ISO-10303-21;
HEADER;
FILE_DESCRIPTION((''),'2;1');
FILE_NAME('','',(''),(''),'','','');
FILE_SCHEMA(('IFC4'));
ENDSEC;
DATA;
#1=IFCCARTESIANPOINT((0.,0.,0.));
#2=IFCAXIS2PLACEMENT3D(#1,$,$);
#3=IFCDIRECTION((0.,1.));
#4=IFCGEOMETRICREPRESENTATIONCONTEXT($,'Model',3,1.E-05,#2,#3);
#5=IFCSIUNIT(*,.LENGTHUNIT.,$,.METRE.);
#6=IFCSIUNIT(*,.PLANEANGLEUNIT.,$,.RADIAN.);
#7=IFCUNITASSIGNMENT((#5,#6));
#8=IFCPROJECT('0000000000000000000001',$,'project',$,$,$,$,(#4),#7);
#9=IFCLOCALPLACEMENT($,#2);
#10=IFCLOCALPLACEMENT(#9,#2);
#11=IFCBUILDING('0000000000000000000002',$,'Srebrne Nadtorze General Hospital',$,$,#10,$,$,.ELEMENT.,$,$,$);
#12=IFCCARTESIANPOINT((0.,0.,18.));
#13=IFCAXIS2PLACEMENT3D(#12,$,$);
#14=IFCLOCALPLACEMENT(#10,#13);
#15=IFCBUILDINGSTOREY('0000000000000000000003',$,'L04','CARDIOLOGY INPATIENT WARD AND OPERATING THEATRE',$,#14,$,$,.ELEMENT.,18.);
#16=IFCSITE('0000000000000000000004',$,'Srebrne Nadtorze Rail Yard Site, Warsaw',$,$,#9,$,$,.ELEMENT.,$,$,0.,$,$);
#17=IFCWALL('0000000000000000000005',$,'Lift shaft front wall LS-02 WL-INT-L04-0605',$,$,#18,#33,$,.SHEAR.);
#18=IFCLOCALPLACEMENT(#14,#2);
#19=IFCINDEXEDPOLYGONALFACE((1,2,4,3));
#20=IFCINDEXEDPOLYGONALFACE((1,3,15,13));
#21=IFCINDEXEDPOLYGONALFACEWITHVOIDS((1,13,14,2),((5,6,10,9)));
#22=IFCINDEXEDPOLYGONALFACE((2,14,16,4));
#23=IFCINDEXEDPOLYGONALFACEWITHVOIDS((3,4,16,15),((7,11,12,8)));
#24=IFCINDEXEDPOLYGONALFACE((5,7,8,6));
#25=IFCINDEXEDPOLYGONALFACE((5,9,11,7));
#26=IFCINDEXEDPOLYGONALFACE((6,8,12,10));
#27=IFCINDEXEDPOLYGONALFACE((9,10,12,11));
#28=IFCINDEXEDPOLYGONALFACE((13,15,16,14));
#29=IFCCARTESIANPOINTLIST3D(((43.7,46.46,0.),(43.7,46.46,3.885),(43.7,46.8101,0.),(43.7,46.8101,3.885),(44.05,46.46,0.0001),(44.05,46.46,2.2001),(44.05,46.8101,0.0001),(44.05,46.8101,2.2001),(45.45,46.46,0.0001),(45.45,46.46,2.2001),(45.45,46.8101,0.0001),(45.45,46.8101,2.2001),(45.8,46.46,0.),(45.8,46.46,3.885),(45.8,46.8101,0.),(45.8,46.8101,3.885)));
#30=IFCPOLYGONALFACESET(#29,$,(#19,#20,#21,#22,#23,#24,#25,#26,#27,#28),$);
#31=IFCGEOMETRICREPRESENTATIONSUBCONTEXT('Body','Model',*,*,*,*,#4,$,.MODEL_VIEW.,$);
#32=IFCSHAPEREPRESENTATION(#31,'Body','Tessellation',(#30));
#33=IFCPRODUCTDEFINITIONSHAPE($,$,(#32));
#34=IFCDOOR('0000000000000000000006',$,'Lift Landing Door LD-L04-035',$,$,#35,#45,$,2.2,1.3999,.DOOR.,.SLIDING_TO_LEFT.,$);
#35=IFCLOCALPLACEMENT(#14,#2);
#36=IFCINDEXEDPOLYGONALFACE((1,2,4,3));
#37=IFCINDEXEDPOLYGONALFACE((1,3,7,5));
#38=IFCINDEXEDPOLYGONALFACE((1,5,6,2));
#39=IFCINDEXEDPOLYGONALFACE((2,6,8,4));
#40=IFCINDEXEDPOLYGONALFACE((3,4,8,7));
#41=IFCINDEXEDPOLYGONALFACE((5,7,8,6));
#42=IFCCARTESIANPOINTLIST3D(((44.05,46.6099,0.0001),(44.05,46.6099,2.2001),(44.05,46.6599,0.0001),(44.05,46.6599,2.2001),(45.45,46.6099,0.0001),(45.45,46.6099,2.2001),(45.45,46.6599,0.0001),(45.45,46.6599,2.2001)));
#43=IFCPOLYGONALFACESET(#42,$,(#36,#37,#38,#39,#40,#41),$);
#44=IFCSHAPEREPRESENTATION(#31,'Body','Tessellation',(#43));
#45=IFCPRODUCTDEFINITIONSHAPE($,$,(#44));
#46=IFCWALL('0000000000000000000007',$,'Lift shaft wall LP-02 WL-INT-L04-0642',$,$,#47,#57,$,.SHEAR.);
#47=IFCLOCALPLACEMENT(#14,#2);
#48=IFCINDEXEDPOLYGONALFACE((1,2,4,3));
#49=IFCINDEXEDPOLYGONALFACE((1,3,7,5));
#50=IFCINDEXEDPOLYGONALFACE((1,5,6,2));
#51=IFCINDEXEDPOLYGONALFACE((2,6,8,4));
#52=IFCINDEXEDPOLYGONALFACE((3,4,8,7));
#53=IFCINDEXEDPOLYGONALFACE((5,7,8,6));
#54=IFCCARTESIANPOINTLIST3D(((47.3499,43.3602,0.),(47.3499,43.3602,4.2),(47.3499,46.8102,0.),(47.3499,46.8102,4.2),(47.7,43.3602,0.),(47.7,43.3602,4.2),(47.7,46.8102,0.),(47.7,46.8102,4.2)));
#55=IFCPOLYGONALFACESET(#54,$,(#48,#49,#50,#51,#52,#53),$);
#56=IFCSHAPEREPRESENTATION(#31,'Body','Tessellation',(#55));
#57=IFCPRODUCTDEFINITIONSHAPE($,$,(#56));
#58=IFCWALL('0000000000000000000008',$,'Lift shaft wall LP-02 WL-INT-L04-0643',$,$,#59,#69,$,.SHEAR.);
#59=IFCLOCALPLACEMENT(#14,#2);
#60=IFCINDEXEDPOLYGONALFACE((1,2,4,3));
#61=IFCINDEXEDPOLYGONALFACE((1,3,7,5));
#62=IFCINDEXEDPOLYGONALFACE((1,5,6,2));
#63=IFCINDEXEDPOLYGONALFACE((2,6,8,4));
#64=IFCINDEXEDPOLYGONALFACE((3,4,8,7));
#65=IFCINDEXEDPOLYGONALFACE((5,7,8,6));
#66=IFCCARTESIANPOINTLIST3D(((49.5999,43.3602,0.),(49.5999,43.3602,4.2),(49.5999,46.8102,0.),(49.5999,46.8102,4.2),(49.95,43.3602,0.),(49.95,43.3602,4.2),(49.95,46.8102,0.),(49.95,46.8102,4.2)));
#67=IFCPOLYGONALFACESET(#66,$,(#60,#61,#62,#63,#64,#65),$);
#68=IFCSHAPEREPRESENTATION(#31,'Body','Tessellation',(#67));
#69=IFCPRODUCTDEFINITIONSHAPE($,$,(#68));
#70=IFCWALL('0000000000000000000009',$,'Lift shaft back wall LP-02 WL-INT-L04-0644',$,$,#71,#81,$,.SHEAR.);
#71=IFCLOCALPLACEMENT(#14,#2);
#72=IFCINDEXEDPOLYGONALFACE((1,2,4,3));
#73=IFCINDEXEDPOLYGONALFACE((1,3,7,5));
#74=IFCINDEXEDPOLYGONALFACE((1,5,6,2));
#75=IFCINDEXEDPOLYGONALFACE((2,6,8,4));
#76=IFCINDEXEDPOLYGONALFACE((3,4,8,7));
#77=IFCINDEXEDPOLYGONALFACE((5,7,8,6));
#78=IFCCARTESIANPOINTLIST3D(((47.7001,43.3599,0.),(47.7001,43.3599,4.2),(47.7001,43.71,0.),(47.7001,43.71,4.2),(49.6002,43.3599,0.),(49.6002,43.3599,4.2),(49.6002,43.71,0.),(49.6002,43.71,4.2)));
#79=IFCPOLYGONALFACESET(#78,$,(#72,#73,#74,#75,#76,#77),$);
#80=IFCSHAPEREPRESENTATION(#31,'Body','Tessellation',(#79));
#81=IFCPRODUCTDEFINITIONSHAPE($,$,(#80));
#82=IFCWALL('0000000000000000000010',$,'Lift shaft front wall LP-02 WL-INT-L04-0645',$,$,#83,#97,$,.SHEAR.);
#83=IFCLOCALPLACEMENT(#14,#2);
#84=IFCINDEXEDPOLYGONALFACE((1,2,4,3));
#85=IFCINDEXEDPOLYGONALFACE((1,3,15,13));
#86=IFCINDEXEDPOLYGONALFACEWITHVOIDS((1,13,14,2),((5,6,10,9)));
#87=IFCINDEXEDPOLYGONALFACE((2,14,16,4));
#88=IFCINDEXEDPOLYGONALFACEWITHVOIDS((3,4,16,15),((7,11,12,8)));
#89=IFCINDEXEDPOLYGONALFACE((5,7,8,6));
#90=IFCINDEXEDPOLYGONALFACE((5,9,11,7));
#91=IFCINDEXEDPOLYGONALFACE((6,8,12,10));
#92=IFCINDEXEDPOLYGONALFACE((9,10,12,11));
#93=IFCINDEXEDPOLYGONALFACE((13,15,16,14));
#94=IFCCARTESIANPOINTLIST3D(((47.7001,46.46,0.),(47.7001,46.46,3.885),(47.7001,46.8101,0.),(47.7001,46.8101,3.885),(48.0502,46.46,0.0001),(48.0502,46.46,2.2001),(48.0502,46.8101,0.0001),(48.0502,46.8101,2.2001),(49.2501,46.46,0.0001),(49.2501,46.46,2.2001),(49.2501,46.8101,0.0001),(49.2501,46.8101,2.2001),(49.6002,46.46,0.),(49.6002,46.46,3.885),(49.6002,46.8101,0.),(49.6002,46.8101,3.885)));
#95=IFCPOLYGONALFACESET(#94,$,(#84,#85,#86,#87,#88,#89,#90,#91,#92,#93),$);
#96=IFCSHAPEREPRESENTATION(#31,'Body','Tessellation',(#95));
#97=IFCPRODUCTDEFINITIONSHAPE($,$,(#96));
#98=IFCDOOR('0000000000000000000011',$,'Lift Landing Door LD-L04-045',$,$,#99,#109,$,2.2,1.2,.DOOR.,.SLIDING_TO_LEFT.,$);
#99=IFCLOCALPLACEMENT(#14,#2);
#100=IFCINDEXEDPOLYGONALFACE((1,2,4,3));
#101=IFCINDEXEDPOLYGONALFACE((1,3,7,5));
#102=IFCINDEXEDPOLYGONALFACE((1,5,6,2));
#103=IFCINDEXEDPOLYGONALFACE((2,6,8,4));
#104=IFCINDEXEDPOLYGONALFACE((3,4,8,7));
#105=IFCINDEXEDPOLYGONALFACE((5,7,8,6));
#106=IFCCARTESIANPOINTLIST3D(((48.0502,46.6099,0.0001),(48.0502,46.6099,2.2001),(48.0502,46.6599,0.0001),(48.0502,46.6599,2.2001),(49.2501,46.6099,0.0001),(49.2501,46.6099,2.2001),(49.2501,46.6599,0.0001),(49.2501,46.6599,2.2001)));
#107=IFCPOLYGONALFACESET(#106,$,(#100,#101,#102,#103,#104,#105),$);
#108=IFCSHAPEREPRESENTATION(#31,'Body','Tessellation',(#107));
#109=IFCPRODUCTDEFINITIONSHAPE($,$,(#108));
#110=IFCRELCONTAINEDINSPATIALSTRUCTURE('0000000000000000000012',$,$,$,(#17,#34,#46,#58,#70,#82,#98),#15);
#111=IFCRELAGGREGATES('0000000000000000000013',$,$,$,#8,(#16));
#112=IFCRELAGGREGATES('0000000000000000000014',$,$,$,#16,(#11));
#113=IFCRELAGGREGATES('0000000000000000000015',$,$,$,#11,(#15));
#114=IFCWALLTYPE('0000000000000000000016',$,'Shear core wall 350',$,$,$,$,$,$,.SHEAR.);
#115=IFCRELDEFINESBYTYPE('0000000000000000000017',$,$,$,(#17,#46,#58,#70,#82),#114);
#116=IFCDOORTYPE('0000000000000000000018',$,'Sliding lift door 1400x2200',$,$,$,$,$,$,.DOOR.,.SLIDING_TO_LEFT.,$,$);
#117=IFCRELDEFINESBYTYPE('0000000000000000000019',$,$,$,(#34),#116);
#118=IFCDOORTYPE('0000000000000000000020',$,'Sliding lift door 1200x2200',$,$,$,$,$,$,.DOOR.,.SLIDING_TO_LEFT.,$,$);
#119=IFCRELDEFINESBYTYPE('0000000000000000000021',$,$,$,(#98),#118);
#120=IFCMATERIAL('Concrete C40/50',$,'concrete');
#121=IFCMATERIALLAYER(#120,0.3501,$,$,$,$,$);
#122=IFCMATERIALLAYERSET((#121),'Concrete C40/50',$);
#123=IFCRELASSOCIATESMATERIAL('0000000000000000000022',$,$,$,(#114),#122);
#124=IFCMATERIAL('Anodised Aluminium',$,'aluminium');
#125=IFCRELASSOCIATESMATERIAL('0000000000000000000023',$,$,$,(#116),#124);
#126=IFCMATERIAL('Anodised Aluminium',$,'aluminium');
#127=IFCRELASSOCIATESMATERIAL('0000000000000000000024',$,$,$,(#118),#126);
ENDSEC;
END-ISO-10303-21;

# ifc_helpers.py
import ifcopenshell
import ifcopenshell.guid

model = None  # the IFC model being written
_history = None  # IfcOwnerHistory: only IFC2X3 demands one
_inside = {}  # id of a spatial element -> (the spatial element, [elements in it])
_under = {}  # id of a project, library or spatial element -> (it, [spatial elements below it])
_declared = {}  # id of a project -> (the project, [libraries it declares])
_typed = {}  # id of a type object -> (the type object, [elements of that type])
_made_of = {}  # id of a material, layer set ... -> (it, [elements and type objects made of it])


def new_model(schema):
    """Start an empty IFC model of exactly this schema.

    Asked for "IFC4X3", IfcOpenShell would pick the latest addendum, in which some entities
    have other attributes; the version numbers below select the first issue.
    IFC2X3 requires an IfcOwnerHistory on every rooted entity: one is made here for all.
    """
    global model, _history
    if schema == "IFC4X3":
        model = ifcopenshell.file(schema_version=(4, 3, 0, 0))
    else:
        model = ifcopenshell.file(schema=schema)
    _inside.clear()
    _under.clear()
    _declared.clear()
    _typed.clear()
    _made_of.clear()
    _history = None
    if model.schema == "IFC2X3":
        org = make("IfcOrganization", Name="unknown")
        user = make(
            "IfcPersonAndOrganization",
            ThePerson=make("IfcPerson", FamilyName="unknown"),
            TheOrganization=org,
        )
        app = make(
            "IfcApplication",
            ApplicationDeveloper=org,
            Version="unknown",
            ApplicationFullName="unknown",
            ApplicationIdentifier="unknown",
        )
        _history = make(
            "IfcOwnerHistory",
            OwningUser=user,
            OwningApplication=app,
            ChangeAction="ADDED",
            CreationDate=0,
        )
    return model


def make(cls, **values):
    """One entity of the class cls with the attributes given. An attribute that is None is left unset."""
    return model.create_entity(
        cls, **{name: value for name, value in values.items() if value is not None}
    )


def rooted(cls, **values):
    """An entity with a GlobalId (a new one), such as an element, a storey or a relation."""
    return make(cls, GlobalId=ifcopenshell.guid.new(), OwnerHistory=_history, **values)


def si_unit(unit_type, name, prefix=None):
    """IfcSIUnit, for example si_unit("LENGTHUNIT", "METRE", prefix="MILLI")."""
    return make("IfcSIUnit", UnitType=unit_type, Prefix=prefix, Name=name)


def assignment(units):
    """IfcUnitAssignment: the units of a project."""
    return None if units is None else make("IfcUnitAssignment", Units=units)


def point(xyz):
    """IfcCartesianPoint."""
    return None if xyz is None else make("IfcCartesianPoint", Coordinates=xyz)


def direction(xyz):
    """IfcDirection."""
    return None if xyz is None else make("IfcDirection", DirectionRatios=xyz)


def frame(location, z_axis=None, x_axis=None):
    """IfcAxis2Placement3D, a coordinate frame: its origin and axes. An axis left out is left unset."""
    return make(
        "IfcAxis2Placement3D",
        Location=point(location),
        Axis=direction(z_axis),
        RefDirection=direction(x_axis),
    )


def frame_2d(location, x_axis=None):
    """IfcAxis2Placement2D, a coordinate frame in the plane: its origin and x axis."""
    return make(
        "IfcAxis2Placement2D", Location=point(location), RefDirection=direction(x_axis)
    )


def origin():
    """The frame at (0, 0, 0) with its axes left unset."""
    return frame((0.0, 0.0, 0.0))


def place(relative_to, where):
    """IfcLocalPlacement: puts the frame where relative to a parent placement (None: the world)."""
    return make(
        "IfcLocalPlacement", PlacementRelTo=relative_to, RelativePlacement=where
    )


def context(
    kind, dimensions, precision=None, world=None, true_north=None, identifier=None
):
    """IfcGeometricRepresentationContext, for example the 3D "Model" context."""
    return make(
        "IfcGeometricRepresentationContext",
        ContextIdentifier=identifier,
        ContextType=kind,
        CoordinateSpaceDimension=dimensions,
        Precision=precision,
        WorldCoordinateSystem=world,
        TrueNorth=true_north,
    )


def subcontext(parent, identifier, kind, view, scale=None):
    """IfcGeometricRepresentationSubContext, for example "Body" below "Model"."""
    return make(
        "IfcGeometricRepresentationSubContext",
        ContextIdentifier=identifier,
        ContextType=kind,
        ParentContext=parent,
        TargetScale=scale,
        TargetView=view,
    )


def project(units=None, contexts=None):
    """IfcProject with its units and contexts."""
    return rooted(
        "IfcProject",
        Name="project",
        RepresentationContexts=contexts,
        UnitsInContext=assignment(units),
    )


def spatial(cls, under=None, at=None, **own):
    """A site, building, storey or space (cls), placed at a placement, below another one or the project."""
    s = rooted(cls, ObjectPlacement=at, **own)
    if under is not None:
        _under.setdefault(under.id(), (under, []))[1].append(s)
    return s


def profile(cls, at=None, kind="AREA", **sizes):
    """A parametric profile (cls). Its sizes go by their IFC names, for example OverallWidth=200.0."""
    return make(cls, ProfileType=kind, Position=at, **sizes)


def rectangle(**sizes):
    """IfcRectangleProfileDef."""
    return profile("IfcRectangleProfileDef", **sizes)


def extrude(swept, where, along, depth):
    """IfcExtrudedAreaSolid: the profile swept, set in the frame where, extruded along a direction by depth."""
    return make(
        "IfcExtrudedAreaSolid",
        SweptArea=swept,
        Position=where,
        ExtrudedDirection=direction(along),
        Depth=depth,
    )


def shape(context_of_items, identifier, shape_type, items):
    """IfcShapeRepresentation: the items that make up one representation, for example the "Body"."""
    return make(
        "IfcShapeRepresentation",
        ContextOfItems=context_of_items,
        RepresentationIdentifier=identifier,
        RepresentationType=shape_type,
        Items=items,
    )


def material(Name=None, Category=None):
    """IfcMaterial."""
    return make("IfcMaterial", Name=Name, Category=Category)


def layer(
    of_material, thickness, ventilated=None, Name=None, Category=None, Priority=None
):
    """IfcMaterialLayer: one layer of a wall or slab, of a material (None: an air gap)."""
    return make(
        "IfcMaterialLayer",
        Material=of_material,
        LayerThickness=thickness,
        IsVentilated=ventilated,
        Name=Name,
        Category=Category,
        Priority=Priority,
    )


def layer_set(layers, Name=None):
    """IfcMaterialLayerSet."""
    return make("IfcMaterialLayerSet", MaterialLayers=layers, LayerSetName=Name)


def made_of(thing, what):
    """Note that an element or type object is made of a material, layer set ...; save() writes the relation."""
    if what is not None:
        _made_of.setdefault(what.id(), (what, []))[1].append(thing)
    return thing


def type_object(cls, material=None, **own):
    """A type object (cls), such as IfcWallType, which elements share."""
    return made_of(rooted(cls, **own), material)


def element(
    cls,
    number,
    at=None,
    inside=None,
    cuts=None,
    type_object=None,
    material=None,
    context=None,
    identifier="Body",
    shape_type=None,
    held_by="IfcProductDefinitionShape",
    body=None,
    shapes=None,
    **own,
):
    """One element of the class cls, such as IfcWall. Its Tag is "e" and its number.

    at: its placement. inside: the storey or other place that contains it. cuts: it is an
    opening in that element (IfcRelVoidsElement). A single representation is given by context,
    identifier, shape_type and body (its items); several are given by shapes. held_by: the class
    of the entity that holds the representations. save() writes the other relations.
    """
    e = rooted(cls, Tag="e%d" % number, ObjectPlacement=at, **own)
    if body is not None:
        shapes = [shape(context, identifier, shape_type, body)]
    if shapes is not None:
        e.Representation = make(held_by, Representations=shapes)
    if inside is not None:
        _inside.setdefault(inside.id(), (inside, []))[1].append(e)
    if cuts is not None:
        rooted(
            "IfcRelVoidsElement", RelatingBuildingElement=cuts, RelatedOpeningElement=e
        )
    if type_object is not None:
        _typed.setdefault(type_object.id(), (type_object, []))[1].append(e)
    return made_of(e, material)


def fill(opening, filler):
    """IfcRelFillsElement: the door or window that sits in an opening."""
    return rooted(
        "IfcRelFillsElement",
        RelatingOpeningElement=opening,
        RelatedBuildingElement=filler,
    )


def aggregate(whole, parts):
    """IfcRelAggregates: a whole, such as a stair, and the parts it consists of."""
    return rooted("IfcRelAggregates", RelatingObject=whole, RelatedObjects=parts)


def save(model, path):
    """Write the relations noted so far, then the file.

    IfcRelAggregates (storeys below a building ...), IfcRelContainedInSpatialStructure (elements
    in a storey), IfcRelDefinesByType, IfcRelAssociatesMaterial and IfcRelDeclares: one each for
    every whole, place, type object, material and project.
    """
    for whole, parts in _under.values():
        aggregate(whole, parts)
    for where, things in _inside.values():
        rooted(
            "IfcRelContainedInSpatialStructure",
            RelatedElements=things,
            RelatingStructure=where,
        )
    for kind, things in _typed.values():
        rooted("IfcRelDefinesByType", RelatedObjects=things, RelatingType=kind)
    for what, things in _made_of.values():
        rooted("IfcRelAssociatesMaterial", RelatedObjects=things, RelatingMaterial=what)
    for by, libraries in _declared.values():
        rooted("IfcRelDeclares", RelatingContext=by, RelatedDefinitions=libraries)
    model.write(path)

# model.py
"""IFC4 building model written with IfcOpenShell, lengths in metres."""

from ifc_helpers import new_model, si_unit, direction, frame, frame_2d, origin, place, context, subcontext, project, spatial, rectangle, extrude, material, layer, layer_set, type_object, element, fill, save


model = new_model("IFC4")

# Units and contexts
model_context = context("Model", 3, precision=1e-05, world=origin(), true_north=direction((0.0, 1.0)))
body_context = subcontext(model_context, "Body", "Model", "MODEL_VIEW")
ifc_project = project(units=[si_unit("LENGTHUNIT", "METRE"), si_unit("PLANEANGLEUNIT", "RADIAN")], contexts=[model_context])

# Site, building, storey
site_placement = place(None, origin())
site = spatial("IfcSite", under=ifc_project, at=site_placement, Name="Srebrne Nadtorze Rail Yard Site, Warsaw", CompositionType="ELEMENT", RefElevation=0.0)
building_placement = place(site_placement, origin())
building = spatial("IfcBuilding", under=site, at=building_placement, Name="Srebrne Nadtorze General Hospital", CompositionType="ELEMENT")
storey_placement = place(building_placement, frame((0.0, 0.0, 18.0)))
storey = spatial("IfcBuildingStorey", under=building, at=storey_placement, Name="L04", Description="CARDIOLOGY INPATIENT WARD AND OPERATING THEATRE", CompositionType="ELEMENT", Elevation=18.0)

# Shared definitions
ifc_material_1 = material(Name="Concrete C40/50", Category="concrete")
ifc_layer_1 = layer(ifc_material_1, 0.3501)
ifc_layer_set_1 = layer_set([ifc_layer_1], Name="Concrete C40/50")
wall_type_1 = type_object("IfcWallType", Name="Shear core wall 350", PredefinedType="SHEAR", material=ifc_layer_set_1)

# Shared definitions
ifc_material_2 = material(Name="Anodised Aluminium", Category="aluminium")
door_type_1 = type_object("IfcDoorType", Name="Sliding lift door 1400x2200", OperationType="SLIDING_TO_LEFT", PredefinedType="DOOR", material=ifc_material_2)

# Wall, opening, door
wall_1_placement = place(storey_placement, frame((43.7, 46.635, 0.0), z_axis=(0.0, 0.0, 1.0), x_axis=(1.0, 0.0, 0.0)))
wall_1 = element("IfcWall", 1, at=wall_1_placement, inside=storey, type_object=wall_type_1, Name="Lift shaft front wall LS-02 WL-INT-L04-0605", PredefinedType="SHEAR", context=body_context, shape_type="SweptSolid", body=[
    extrude(rectangle(XDim=2.1001, YDim=0.3501, at=frame_2d((1.05, 0.0))), origin(), (0.0, 0.0, 1.0), 3.885),
])
opening_1_placement = place(wall_1_placement, frame((0.3501, 0.0, 0.0)))
opening_1 = element("IfcOpeningElement", 2, at=opening_1_placement, cuts=wall_1, PredefinedType="OPENING", context=body_context, shape_type="SweptSolid", body=[
    extrude(rectangle(XDim=1.3999, YDim=2.2, at=frame_2d((0.7, 1.1001))), frame((0.0, 0.187, 0.0), z_axis=(0.0, -1.0, 0.0), x_axis=(1.0, 0.0, 0.0)), (0.0, 0.0, 1.0), 0.374),
])
door_1_placement = place(opening_1_placement, origin())
door_1 = element("IfcDoor", 3, at=door_1_placement, inside=storey, type_object=door_type_1, Name="Lift Landing Door LD-L04-035", OperationType="SLIDING_TO_LEFT", OverallHeight=2.2, OverallWidth=1.3999, PredefinedType="DOOR", context=body_context, shape_type="SweptSolid", body=[
    extrude(rectangle(XDim=1.3999, YDim=2.2, at=frame_2d((0.7, 1.1001))), frame((0.0, 0.0249, 0.0), z_axis=(0.0, -1.0, 0.0), x_axis=(1.0, 0.0, 0.0)), (0.0, 0.0, 1.0), 0.05),
])
fill(opening_1, door_1)

# Walls
for number, where, z_axis, x_axis, name in (
    (4, (47.5249, 43.3601, 0.0), (0.0, 0.0, 1.0), (0.0, 1.0, 0.0), "Lift shaft wall LP-02 WL-INT-L04-0642"),
    (5, (49.7749, 43.3601, 0.0), (0.0, 0.0, 1.0), (0.0, 1.0, 0.0), "Lift shaft wall LP-02 WL-INT-L04-0643"),
):
    element("IfcWall", number, at=place(storey_placement, frame(where, z_axis=z_axis, x_axis=x_axis)), inside=storey, type_object=wall_type_1, Name=name, PredefinedType="SHEAR", context=body_context, shape_type="SweptSolid", body=[
        extrude(rectangle(XDim=3.45, YDim=0.3501, at=frame_2d((1.7251, 0.0))), origin(), (0.0, 0.0, 1.0), 4.2),
    ])
wall_2_placement = place(storey_placement, frame((47.7, 43.5349, 0.0), z_axis=(0.0, 0.0, 1.0), x_axis=(1.0, 0.0, 0.0)))
element("IfcWall", 6, at=wall_2_placement, inside=storey, type_object=wall_type_1, Name="Lift shaft back wall LP-02 WL-INT-L04-0644", PredefinedType="SHEAR", context=body_context, shape_type="SweptSolid", body=[
    extrude(rectangle(XDim=1.9001, YDim=0.3501, at=frame_2d((0.9502, 0.0))), origin(), (0.0, 0.0, 1.0), 4.2),
])

# Wall, opening, door
wall_3_placement = place(storey_placement, frame((47.7, 46.635, 0.0), z_axis=(0.0, 0.0, 1.0), x_axis=(1.0, 0.0, 0.0)))
wall_3 = element("IfcWall", 7, at=wall_3_placement, inside=storey, type_object=wall_type_1, Name="Lift shaft front wall LP-02 WL-INT-L04-0645", PredefinedType="SHEAR", context=body_context, shape_type="SweptSolid", body=[
    extrude(rectangle(XDim=1.9001, YDim=0.3501, at=frame_2d((0.9502, 0.0))), origin(), (0.0, 0.0, 1.0), 3.885),
])
opening_2_placement = place(wall_3_placement, frame((0.3501, 0.0, 0.0)))
opening_2 = element("IfcOpeningElement", 8, at=opening_2_placement, cuts=wall_3, PredefinedType="OPENING", context=body_context, shape_type="SweptSolid", body=[
    extrude(rectangle(XDim=1.2, YDim=2.2, at=frame_2d((0.6001, 1.1001))), frame((0.0, 0.187, 0.0), z_axis=(0.0, -1.0, 0.0), x_axis=(1.0, 0.0, 0.0)), (0.0, 0.0, 1.0), 0.374),
])
ifc_material_3 = material(Name="Anodised Aluminium", Category="aluminium")
door_type_2 = type_object("IfcDoorType", Name="Sliding lift door 1200x2200", OperationType="SLIDING_TO_LEFT", PredefinedType="DOOR", material=ifc_material_3)
door_2_placement = place(opening_2_placement, origin())
door_2 = element("IfcDoor", 9, at=door_2_placement, inside=storey, type_object=door_type_2, Name="Lift Landing Door LD-L04-045", OperationType="SLIDING_TO_LEFT", OverallHeight=2.2, OverallWidth=1.2, PredefinedType="DOOR", context=body_context, shape_type="SweptSolid", body=[
    extrude(rectangle(XDim=1.2, YDim=2.2, at=frame_2d((0.6001, 1.1001))), frame((0.0, 0.0249, 0.0), z_axis=(0.0, -1.0, 0.0), x_axis=(1.0, 0.0, 0.0)), (0.0, 0.0, 1.0), 0.05),
])
fill(opening_2, door_2)

save(model, "model.ifc")
